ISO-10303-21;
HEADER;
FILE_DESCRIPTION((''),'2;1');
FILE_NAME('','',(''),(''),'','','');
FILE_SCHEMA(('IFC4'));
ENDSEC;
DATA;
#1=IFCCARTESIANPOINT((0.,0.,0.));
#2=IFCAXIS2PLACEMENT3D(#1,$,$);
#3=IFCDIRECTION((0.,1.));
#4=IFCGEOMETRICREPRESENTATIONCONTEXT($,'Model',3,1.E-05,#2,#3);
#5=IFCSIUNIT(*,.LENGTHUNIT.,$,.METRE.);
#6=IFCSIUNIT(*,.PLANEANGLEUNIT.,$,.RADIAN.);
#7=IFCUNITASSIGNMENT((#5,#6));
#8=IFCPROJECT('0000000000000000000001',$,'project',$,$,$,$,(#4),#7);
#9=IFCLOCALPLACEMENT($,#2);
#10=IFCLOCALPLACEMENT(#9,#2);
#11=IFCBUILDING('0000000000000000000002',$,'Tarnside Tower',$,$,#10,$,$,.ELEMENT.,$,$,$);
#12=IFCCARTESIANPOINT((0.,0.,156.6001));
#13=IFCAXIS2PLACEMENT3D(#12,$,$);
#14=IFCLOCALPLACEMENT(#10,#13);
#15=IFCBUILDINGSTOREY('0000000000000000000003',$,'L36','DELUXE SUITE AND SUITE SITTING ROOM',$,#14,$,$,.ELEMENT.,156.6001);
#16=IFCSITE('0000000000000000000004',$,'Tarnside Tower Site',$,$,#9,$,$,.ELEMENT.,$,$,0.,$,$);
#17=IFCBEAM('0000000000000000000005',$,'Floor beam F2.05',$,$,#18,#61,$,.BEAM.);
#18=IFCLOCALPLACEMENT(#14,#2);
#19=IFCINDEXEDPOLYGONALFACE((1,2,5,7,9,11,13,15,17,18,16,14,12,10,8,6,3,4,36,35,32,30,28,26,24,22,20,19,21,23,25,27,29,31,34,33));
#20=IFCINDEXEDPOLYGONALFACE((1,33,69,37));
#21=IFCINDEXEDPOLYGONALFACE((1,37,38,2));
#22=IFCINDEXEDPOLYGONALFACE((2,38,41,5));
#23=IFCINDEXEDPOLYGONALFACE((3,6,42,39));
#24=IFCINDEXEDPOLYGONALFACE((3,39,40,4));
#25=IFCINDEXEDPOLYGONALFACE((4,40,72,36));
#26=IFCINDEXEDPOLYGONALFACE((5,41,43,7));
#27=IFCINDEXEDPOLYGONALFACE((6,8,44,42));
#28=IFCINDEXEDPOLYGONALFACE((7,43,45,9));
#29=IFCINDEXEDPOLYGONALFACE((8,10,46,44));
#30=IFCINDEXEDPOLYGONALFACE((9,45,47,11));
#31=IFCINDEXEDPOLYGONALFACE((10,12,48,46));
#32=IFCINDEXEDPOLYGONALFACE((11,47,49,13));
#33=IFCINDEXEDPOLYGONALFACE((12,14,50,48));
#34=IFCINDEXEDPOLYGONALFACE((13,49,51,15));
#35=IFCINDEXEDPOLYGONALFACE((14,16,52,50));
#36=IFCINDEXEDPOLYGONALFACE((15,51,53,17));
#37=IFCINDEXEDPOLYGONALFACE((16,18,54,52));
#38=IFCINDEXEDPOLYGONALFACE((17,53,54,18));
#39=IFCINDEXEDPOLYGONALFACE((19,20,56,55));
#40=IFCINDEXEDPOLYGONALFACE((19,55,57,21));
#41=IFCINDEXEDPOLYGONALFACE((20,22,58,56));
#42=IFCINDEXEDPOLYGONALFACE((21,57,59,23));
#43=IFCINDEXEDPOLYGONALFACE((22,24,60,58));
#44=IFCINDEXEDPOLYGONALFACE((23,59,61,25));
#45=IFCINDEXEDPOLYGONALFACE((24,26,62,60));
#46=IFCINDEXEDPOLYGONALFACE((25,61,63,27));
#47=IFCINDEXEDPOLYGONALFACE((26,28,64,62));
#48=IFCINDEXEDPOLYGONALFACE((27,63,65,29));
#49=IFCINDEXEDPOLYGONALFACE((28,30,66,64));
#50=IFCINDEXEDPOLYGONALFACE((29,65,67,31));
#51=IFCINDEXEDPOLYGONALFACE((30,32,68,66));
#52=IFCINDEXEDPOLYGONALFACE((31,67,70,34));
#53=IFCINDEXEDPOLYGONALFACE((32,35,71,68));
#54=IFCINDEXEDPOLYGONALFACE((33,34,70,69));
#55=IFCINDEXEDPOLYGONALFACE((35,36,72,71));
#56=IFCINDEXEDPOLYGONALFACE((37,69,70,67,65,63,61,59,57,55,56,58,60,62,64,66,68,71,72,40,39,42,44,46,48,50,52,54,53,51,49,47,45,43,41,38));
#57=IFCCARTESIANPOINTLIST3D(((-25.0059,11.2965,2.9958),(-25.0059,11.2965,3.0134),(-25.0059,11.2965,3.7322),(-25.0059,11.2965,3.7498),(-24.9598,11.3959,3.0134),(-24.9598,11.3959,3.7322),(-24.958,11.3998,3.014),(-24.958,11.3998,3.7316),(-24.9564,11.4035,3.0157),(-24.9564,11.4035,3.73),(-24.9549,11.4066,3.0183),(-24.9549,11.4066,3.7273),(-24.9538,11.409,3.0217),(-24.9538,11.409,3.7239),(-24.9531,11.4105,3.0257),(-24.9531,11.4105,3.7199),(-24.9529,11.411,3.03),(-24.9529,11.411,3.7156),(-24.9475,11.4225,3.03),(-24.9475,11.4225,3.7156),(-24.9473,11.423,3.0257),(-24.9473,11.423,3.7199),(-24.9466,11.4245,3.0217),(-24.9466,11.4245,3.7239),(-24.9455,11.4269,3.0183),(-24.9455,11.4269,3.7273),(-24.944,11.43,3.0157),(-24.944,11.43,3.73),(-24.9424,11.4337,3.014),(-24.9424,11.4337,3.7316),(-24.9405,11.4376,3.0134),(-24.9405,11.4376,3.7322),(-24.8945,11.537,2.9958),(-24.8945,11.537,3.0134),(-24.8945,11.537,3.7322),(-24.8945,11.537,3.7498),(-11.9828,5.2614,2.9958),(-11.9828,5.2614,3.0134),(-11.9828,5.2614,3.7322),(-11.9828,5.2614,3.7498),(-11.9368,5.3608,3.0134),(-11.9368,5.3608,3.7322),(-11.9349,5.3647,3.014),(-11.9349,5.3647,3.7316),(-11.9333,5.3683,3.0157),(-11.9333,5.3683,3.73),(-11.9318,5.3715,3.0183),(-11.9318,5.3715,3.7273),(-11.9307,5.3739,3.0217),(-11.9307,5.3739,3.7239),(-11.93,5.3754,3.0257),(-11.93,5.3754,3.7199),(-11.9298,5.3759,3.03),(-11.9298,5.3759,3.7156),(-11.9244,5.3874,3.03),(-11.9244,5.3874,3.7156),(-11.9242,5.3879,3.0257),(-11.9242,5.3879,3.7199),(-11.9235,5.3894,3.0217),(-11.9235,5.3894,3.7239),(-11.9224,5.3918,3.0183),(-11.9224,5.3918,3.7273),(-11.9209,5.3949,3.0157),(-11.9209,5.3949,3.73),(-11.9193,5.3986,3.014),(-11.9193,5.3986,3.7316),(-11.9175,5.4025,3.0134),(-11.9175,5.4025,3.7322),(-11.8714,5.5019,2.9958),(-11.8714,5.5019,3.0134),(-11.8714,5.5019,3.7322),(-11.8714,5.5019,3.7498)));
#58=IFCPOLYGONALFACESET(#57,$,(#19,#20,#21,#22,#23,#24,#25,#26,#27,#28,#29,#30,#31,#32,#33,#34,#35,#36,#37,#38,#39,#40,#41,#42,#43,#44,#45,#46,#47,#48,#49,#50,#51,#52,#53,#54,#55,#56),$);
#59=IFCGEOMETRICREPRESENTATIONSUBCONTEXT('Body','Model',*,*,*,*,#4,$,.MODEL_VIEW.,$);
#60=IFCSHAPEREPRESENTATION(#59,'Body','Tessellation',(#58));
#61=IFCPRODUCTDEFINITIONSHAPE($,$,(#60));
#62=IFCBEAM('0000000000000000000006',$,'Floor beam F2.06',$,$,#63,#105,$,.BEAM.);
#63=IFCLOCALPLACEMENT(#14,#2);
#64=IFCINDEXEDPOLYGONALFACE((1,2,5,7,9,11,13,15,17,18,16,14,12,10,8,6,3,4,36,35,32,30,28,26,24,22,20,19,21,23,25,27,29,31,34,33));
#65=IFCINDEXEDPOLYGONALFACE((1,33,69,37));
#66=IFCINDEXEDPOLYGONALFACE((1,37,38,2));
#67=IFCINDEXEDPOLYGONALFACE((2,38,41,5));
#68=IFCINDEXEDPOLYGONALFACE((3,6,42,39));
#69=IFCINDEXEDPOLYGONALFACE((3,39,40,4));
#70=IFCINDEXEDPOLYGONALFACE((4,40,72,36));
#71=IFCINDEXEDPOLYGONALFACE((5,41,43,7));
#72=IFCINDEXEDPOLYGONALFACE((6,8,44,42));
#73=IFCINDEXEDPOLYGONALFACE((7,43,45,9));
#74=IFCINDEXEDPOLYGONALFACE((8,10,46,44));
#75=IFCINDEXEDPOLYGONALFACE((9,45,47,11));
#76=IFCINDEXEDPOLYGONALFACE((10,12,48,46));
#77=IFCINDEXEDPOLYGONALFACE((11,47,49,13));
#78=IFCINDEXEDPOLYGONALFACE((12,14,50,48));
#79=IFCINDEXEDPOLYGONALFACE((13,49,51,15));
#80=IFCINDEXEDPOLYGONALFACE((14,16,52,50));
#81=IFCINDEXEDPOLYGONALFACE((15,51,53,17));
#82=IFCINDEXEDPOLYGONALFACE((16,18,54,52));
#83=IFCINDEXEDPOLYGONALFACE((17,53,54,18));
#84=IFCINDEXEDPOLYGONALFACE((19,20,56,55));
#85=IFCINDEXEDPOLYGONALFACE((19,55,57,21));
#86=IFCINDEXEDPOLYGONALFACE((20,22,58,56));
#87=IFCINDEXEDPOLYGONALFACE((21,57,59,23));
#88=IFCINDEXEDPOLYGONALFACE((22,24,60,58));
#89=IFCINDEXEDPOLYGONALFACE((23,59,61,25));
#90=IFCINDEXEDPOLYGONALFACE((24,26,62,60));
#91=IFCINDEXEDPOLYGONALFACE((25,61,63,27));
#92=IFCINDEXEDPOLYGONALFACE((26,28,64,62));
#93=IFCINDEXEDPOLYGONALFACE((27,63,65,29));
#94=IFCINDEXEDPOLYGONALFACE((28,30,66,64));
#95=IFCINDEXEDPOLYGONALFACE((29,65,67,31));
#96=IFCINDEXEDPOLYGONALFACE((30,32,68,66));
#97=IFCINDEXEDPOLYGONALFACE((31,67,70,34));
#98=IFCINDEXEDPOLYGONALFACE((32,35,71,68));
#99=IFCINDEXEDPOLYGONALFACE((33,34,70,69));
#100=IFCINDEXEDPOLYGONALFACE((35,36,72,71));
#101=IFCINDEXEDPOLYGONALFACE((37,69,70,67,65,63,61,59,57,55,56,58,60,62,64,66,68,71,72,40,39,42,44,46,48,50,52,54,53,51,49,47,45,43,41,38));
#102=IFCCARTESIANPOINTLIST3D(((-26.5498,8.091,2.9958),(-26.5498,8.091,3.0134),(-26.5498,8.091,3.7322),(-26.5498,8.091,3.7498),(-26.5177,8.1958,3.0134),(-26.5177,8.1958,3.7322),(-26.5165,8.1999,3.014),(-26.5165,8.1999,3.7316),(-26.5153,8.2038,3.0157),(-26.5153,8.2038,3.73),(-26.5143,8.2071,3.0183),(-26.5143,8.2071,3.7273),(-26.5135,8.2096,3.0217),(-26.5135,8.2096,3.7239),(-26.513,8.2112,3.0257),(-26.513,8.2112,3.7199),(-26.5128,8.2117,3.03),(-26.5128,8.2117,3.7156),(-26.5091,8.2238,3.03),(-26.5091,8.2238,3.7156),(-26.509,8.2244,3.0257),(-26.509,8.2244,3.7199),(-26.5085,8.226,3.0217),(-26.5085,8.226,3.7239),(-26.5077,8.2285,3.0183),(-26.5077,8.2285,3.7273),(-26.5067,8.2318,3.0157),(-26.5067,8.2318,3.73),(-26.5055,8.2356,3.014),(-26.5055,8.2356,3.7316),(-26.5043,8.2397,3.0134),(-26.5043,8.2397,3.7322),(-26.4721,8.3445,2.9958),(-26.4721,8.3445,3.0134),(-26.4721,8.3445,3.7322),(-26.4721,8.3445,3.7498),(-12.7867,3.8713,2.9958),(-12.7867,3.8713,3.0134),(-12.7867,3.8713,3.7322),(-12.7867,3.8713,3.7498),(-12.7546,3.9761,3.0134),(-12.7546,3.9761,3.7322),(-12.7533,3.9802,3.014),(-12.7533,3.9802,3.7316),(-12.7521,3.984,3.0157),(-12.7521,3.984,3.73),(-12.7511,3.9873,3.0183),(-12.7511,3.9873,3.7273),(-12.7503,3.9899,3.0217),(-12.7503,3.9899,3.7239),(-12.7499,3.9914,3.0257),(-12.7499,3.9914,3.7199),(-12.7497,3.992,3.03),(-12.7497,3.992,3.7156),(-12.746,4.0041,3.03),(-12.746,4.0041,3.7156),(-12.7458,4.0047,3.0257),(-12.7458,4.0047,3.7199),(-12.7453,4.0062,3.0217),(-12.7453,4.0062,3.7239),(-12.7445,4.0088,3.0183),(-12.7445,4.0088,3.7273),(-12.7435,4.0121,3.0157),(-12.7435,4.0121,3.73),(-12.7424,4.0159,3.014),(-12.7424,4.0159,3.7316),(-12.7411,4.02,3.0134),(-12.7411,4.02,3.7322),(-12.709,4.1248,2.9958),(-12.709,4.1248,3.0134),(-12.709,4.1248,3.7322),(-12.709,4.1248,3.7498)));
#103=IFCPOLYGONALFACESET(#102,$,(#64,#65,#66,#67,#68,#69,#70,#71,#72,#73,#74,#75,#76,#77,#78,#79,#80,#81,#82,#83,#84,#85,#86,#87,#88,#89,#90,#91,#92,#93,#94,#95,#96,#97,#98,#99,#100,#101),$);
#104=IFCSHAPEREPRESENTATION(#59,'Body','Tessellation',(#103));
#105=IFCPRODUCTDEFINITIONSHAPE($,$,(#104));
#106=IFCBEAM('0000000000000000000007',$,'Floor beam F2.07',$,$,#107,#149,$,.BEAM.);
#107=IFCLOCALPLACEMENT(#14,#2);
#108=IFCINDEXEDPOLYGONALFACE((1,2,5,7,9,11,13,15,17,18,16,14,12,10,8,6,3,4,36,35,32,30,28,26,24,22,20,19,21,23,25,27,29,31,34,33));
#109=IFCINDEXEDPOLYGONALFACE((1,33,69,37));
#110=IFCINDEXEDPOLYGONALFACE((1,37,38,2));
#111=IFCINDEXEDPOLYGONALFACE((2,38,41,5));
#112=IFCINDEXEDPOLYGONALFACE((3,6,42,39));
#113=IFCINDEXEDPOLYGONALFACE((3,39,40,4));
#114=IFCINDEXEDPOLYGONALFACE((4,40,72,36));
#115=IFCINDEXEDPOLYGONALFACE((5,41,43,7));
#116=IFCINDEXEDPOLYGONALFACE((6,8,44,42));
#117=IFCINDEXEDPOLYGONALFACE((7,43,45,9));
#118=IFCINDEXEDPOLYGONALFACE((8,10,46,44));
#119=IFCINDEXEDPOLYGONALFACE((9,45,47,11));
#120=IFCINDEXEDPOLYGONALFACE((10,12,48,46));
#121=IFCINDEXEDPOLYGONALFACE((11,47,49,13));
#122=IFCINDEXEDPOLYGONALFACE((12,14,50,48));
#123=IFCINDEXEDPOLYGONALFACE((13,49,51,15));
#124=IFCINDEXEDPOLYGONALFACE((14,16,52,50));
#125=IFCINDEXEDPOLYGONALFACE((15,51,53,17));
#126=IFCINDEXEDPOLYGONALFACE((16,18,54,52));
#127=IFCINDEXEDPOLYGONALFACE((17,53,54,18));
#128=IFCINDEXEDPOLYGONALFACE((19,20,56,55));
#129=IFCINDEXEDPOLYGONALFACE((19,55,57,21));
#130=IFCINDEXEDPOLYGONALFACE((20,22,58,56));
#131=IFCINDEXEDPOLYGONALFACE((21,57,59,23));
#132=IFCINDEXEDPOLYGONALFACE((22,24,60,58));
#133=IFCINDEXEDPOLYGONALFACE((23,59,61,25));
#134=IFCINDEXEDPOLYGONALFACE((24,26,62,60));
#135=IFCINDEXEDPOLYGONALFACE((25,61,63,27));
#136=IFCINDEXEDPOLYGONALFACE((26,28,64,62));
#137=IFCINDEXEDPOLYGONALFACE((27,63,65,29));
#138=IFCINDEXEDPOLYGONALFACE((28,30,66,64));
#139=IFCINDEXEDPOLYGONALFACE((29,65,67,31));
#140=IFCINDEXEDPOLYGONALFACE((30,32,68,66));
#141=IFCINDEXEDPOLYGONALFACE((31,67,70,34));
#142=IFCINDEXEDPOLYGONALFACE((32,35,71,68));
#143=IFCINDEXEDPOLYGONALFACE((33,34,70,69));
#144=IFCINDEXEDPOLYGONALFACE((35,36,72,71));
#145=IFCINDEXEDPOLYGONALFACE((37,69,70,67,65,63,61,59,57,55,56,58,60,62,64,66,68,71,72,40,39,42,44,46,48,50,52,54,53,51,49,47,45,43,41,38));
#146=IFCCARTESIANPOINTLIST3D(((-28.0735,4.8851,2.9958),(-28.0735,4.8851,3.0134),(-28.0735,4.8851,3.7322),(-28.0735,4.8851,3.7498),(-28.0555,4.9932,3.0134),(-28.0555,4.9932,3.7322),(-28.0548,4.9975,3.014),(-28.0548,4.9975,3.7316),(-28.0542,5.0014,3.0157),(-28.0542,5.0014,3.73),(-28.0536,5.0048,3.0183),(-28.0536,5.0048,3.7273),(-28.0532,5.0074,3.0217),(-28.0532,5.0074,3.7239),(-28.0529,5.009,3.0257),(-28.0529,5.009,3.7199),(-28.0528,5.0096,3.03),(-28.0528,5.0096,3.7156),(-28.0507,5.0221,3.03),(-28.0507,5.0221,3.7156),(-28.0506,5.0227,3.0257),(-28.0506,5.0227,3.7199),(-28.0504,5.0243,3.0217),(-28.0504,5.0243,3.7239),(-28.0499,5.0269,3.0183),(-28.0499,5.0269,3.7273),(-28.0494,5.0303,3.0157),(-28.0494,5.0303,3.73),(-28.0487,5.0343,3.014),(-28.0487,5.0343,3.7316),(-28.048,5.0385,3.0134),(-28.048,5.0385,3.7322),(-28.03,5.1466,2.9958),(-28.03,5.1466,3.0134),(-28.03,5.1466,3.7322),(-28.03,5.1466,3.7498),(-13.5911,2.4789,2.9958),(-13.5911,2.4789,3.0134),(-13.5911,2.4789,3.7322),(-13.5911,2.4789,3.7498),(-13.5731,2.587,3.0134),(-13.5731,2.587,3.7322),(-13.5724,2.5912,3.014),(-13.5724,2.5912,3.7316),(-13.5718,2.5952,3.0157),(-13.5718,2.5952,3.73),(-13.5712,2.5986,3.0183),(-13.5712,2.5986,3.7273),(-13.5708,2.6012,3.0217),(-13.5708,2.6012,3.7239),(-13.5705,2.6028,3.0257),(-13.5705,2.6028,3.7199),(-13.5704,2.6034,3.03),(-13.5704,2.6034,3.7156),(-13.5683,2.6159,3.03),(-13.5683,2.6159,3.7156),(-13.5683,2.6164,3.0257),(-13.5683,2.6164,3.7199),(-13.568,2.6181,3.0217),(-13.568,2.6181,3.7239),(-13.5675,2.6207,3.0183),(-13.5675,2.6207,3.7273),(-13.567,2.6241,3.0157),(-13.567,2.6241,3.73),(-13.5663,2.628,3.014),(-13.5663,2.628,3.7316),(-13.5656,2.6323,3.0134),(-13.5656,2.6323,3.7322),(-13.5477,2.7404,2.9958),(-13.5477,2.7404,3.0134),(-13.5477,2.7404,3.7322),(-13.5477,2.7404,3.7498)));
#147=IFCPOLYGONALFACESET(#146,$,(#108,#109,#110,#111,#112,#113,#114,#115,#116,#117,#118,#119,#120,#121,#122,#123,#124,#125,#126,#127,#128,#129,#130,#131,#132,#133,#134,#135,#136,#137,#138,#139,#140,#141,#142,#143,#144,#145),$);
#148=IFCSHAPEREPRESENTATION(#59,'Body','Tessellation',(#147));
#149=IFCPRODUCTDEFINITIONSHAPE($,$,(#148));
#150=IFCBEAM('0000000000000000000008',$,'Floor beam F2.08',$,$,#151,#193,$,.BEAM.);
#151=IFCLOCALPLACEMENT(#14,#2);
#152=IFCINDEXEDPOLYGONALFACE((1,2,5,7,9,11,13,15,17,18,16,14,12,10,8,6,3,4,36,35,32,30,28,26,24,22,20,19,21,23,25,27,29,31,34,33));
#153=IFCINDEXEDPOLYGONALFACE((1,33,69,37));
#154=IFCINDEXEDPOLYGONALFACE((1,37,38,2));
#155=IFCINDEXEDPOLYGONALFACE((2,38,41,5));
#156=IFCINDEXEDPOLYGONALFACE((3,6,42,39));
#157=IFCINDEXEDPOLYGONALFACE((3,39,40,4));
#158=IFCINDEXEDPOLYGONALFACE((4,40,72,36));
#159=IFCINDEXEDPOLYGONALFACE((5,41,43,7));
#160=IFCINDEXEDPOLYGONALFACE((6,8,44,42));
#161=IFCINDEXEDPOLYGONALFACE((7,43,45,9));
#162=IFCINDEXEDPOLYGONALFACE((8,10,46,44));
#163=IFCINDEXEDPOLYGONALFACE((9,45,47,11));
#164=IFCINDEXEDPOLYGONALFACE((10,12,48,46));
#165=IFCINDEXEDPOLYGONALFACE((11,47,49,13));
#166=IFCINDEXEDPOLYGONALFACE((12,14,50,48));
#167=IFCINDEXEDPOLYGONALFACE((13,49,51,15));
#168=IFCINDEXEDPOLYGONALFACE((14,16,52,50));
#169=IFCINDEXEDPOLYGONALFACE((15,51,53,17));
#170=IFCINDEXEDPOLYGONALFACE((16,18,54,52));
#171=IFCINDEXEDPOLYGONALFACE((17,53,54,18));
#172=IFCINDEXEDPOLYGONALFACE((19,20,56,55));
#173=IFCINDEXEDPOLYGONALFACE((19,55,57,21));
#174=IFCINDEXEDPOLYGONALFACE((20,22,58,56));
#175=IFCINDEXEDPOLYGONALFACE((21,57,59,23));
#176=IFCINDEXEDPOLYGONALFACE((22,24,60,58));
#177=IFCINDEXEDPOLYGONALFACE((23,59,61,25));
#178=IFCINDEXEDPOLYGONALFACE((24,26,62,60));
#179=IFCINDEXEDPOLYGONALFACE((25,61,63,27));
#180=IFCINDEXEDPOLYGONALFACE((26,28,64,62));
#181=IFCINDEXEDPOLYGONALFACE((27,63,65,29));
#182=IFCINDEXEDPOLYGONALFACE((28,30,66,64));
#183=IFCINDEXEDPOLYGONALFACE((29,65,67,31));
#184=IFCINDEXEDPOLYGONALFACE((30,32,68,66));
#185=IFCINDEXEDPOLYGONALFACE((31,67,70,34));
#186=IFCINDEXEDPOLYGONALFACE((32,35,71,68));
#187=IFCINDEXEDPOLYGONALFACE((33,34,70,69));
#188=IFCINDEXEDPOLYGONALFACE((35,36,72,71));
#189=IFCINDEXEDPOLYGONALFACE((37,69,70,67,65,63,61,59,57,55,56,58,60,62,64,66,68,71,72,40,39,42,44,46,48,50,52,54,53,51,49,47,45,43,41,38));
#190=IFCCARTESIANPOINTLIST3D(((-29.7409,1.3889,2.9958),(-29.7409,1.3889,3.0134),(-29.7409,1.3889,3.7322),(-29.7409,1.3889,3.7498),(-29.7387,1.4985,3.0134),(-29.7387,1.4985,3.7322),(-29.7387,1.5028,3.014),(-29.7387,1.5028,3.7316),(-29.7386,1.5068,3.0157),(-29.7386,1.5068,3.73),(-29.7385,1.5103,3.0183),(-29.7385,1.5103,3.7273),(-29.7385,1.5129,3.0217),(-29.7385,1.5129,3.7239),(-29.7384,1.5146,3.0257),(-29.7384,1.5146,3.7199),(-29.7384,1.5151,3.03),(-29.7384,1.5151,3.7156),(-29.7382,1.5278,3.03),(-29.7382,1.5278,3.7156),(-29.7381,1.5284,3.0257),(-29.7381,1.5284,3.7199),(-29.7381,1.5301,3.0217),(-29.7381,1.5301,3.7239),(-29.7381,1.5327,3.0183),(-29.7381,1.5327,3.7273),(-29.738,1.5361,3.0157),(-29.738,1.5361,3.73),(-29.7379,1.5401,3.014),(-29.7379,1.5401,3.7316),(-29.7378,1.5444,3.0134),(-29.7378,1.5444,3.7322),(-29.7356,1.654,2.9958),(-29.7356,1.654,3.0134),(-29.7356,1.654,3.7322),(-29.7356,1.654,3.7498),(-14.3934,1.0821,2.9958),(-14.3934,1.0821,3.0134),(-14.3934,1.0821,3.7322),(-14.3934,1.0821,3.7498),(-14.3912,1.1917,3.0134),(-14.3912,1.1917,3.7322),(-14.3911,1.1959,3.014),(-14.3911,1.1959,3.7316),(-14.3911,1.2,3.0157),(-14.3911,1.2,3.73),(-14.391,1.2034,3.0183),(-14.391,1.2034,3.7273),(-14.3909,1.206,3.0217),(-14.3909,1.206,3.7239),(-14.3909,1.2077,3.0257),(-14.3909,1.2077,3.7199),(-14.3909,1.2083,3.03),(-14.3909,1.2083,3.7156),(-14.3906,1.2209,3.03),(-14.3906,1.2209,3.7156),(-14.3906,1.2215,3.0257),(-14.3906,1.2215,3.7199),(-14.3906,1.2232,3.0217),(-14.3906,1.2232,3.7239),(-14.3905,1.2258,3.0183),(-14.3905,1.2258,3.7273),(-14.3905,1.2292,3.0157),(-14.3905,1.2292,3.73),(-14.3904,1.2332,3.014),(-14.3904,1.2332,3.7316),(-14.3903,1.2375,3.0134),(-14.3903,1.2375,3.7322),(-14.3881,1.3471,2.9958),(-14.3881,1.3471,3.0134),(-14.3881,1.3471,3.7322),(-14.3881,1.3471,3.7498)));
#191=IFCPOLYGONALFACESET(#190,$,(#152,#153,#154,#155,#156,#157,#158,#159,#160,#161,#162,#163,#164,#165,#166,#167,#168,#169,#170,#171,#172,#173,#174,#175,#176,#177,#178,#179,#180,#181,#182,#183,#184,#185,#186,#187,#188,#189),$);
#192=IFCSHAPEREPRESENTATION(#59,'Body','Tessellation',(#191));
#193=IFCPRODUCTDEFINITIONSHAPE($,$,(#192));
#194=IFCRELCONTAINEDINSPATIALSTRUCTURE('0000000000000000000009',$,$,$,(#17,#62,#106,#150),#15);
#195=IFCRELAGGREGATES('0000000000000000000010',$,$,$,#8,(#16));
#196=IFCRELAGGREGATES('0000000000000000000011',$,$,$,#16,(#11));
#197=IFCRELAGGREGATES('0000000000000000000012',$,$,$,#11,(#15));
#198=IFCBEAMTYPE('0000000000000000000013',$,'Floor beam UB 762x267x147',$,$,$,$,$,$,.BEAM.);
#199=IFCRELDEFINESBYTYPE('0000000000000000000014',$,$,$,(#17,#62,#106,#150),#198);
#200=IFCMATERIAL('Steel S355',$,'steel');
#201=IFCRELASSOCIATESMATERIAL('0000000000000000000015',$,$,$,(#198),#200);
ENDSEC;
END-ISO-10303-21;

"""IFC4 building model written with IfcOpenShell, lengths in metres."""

from ifc_helpers import new_model, si_unit, direction, frame, origin, origin_2d, place, context, subcontext, project, spatial, i_section, extrude, material, material_profile, profile_set, type_object, element, save


model = new_model("IFC4")

# Units and contexts
model_context = context("Model", 3, precision=1e-05, world=origin(), true_north=direction((0.0, 1.0)))
body_context = subcontext(model_context, "Body", "Model", "MODEL_VIEW")
ifc_project = project(units=[si_unit("LENGTHUNIT", "METRE"), si_unit("PLANEANGLEUNIT", "RADIAN")], contexts=[model_context])

# Site, building, storey
site_placement = place(None, origin())
site = spatial("IfcSite", under=ifc_project, at=site_placement, Name="Tarnside Tower Site", CompositionType="ELEMENT", RefElevation=0.0)
building_placement = place(site_placement, origin())
building = spatial("IfcBuilding", under=site, at=building_placement, Name="Tarnside Tower", CompositionType="ELEMENT")
storey_placement = place(building_placement, frame((0.0, 0.0, 156.6001)))
storey = spatial("IfcBuildingStorey", under=building, at=storey_placement, Name="L36", Description="DELUXE SUITE AND SUITE SITTING ROOM", CompositionType="ELEMENT", Elevation=156.6001)

# Beams
ifc_material_1 = material(Name="Steel S355", Category="steel")
ifc_material_profile = material_profile(ifc_material_1, i_section(OverallWidth=0.2651, OverallDepth=0.7539, WebThickness=0.0127, FlangeThickness=0.0176, FilletRadius=0.0166, at=origin_2d()), Name="UB 762x267x147")
ifc_profile_set = profile_set([ifc_material_profile], Name="Steel S355")
beam_type = type_object("IfcBeamType", Name="Floor beam UB 762x267x147", PredefinedType="BEAM", material=ifc_profile_set)
beam_1_placement = place(storey_placement, frame((-24.9502, 11.4167, 3.3728), z_axis=(0.90731, -0.420462, 0.0), x_axis=(0.420462, 0.90731, 0.0)))
element("IfcBeam", 1, at=beam_1_placement, inside=storey, type_object=beam_type, Name="Floor beam F2.05", PredefinedType="BEAM", context=body_context, shape_type="SweptSolid", body=[
    extrude(i_section(OverallWidth=0.2651, OverallDepth=0.7539, WebThickness=0.0127, FlangeThickness=0.0176, FilletRadius=0.0166, at=origin_2d()), origin(), (0.0, 0.0, 1.0), 14.3535),
])
beam_2_placement = place(storey_placement, frame((-26.511, 8.2178, 3.3728), z_axis=(0.956073, -0.293128, 0.0), x_axis=(0.293128, 0.956073, 0.0)))
element("IfcBeam", 2, at=beam_2_placement, inside=storey, type_object=beam_type, Name="Floor beam F2.06", PredefinedType="BEAM", context=body_context, shape_type="SweptSolid", body=[
    extrude(i_section(OverallWidth=0.2651, OverallDepth=0.7539, WebThickness=0.0127, FlangeThickness=0.0176, FilletRadius=0.0166, at=origin_2d()), origin(), (0.0, 0.0, 1.0), 14.3955),
])
beam_3_placement = place(storey_placement, frame((-28.0518, 5.0159, 3.3728), z_axis=(0.986476, -0.163903, 0.0), x_axis=(0.163903, 0.986476, 0.0)))
element("IfcBeam", 3, at=beam_3_placement, inside=storey, type_object=beam_type, Name="Floor beam F2.07", PredefinedType="BEAM", context=body_context, shape_type="SweptSolid", body=[
    extrude(i_section(OverallWidth=0.2651, OverallDepth=0.7539, WebThickness=0.0127, FlangeThickness=0.0176, FilletRadius=0.0166, at=origin_2d()), origin(), (0.0, 0.0, 1.0), 14.6809),
])
beam_4_placement = place(storey_placement, frame((-29.7383, 1.5215, 3.3728), z_axis=(0.9998, -0.019992, 0.0), x_axis=(0.019992, 0.9998, 0.0)))
element("IfcBeam", 4, at=beam_4_placement, inside=storey, type_object=beam_type, Name="Floor beam F2.08", PredefinedType="BEAM", context=body_context, shape_type="SweptSolid", body=[
    extrude(i_section(OverallWidth=0.2651, OverallDepth=0.7539, WebThickness=0.0127, FlangeThickness=0.0176, FilletRadius=0.0166, at=origin_2d()), origin(), (0.0, 0.0, 1.0), 15.3506),
])

save(model, "model.ifc")
